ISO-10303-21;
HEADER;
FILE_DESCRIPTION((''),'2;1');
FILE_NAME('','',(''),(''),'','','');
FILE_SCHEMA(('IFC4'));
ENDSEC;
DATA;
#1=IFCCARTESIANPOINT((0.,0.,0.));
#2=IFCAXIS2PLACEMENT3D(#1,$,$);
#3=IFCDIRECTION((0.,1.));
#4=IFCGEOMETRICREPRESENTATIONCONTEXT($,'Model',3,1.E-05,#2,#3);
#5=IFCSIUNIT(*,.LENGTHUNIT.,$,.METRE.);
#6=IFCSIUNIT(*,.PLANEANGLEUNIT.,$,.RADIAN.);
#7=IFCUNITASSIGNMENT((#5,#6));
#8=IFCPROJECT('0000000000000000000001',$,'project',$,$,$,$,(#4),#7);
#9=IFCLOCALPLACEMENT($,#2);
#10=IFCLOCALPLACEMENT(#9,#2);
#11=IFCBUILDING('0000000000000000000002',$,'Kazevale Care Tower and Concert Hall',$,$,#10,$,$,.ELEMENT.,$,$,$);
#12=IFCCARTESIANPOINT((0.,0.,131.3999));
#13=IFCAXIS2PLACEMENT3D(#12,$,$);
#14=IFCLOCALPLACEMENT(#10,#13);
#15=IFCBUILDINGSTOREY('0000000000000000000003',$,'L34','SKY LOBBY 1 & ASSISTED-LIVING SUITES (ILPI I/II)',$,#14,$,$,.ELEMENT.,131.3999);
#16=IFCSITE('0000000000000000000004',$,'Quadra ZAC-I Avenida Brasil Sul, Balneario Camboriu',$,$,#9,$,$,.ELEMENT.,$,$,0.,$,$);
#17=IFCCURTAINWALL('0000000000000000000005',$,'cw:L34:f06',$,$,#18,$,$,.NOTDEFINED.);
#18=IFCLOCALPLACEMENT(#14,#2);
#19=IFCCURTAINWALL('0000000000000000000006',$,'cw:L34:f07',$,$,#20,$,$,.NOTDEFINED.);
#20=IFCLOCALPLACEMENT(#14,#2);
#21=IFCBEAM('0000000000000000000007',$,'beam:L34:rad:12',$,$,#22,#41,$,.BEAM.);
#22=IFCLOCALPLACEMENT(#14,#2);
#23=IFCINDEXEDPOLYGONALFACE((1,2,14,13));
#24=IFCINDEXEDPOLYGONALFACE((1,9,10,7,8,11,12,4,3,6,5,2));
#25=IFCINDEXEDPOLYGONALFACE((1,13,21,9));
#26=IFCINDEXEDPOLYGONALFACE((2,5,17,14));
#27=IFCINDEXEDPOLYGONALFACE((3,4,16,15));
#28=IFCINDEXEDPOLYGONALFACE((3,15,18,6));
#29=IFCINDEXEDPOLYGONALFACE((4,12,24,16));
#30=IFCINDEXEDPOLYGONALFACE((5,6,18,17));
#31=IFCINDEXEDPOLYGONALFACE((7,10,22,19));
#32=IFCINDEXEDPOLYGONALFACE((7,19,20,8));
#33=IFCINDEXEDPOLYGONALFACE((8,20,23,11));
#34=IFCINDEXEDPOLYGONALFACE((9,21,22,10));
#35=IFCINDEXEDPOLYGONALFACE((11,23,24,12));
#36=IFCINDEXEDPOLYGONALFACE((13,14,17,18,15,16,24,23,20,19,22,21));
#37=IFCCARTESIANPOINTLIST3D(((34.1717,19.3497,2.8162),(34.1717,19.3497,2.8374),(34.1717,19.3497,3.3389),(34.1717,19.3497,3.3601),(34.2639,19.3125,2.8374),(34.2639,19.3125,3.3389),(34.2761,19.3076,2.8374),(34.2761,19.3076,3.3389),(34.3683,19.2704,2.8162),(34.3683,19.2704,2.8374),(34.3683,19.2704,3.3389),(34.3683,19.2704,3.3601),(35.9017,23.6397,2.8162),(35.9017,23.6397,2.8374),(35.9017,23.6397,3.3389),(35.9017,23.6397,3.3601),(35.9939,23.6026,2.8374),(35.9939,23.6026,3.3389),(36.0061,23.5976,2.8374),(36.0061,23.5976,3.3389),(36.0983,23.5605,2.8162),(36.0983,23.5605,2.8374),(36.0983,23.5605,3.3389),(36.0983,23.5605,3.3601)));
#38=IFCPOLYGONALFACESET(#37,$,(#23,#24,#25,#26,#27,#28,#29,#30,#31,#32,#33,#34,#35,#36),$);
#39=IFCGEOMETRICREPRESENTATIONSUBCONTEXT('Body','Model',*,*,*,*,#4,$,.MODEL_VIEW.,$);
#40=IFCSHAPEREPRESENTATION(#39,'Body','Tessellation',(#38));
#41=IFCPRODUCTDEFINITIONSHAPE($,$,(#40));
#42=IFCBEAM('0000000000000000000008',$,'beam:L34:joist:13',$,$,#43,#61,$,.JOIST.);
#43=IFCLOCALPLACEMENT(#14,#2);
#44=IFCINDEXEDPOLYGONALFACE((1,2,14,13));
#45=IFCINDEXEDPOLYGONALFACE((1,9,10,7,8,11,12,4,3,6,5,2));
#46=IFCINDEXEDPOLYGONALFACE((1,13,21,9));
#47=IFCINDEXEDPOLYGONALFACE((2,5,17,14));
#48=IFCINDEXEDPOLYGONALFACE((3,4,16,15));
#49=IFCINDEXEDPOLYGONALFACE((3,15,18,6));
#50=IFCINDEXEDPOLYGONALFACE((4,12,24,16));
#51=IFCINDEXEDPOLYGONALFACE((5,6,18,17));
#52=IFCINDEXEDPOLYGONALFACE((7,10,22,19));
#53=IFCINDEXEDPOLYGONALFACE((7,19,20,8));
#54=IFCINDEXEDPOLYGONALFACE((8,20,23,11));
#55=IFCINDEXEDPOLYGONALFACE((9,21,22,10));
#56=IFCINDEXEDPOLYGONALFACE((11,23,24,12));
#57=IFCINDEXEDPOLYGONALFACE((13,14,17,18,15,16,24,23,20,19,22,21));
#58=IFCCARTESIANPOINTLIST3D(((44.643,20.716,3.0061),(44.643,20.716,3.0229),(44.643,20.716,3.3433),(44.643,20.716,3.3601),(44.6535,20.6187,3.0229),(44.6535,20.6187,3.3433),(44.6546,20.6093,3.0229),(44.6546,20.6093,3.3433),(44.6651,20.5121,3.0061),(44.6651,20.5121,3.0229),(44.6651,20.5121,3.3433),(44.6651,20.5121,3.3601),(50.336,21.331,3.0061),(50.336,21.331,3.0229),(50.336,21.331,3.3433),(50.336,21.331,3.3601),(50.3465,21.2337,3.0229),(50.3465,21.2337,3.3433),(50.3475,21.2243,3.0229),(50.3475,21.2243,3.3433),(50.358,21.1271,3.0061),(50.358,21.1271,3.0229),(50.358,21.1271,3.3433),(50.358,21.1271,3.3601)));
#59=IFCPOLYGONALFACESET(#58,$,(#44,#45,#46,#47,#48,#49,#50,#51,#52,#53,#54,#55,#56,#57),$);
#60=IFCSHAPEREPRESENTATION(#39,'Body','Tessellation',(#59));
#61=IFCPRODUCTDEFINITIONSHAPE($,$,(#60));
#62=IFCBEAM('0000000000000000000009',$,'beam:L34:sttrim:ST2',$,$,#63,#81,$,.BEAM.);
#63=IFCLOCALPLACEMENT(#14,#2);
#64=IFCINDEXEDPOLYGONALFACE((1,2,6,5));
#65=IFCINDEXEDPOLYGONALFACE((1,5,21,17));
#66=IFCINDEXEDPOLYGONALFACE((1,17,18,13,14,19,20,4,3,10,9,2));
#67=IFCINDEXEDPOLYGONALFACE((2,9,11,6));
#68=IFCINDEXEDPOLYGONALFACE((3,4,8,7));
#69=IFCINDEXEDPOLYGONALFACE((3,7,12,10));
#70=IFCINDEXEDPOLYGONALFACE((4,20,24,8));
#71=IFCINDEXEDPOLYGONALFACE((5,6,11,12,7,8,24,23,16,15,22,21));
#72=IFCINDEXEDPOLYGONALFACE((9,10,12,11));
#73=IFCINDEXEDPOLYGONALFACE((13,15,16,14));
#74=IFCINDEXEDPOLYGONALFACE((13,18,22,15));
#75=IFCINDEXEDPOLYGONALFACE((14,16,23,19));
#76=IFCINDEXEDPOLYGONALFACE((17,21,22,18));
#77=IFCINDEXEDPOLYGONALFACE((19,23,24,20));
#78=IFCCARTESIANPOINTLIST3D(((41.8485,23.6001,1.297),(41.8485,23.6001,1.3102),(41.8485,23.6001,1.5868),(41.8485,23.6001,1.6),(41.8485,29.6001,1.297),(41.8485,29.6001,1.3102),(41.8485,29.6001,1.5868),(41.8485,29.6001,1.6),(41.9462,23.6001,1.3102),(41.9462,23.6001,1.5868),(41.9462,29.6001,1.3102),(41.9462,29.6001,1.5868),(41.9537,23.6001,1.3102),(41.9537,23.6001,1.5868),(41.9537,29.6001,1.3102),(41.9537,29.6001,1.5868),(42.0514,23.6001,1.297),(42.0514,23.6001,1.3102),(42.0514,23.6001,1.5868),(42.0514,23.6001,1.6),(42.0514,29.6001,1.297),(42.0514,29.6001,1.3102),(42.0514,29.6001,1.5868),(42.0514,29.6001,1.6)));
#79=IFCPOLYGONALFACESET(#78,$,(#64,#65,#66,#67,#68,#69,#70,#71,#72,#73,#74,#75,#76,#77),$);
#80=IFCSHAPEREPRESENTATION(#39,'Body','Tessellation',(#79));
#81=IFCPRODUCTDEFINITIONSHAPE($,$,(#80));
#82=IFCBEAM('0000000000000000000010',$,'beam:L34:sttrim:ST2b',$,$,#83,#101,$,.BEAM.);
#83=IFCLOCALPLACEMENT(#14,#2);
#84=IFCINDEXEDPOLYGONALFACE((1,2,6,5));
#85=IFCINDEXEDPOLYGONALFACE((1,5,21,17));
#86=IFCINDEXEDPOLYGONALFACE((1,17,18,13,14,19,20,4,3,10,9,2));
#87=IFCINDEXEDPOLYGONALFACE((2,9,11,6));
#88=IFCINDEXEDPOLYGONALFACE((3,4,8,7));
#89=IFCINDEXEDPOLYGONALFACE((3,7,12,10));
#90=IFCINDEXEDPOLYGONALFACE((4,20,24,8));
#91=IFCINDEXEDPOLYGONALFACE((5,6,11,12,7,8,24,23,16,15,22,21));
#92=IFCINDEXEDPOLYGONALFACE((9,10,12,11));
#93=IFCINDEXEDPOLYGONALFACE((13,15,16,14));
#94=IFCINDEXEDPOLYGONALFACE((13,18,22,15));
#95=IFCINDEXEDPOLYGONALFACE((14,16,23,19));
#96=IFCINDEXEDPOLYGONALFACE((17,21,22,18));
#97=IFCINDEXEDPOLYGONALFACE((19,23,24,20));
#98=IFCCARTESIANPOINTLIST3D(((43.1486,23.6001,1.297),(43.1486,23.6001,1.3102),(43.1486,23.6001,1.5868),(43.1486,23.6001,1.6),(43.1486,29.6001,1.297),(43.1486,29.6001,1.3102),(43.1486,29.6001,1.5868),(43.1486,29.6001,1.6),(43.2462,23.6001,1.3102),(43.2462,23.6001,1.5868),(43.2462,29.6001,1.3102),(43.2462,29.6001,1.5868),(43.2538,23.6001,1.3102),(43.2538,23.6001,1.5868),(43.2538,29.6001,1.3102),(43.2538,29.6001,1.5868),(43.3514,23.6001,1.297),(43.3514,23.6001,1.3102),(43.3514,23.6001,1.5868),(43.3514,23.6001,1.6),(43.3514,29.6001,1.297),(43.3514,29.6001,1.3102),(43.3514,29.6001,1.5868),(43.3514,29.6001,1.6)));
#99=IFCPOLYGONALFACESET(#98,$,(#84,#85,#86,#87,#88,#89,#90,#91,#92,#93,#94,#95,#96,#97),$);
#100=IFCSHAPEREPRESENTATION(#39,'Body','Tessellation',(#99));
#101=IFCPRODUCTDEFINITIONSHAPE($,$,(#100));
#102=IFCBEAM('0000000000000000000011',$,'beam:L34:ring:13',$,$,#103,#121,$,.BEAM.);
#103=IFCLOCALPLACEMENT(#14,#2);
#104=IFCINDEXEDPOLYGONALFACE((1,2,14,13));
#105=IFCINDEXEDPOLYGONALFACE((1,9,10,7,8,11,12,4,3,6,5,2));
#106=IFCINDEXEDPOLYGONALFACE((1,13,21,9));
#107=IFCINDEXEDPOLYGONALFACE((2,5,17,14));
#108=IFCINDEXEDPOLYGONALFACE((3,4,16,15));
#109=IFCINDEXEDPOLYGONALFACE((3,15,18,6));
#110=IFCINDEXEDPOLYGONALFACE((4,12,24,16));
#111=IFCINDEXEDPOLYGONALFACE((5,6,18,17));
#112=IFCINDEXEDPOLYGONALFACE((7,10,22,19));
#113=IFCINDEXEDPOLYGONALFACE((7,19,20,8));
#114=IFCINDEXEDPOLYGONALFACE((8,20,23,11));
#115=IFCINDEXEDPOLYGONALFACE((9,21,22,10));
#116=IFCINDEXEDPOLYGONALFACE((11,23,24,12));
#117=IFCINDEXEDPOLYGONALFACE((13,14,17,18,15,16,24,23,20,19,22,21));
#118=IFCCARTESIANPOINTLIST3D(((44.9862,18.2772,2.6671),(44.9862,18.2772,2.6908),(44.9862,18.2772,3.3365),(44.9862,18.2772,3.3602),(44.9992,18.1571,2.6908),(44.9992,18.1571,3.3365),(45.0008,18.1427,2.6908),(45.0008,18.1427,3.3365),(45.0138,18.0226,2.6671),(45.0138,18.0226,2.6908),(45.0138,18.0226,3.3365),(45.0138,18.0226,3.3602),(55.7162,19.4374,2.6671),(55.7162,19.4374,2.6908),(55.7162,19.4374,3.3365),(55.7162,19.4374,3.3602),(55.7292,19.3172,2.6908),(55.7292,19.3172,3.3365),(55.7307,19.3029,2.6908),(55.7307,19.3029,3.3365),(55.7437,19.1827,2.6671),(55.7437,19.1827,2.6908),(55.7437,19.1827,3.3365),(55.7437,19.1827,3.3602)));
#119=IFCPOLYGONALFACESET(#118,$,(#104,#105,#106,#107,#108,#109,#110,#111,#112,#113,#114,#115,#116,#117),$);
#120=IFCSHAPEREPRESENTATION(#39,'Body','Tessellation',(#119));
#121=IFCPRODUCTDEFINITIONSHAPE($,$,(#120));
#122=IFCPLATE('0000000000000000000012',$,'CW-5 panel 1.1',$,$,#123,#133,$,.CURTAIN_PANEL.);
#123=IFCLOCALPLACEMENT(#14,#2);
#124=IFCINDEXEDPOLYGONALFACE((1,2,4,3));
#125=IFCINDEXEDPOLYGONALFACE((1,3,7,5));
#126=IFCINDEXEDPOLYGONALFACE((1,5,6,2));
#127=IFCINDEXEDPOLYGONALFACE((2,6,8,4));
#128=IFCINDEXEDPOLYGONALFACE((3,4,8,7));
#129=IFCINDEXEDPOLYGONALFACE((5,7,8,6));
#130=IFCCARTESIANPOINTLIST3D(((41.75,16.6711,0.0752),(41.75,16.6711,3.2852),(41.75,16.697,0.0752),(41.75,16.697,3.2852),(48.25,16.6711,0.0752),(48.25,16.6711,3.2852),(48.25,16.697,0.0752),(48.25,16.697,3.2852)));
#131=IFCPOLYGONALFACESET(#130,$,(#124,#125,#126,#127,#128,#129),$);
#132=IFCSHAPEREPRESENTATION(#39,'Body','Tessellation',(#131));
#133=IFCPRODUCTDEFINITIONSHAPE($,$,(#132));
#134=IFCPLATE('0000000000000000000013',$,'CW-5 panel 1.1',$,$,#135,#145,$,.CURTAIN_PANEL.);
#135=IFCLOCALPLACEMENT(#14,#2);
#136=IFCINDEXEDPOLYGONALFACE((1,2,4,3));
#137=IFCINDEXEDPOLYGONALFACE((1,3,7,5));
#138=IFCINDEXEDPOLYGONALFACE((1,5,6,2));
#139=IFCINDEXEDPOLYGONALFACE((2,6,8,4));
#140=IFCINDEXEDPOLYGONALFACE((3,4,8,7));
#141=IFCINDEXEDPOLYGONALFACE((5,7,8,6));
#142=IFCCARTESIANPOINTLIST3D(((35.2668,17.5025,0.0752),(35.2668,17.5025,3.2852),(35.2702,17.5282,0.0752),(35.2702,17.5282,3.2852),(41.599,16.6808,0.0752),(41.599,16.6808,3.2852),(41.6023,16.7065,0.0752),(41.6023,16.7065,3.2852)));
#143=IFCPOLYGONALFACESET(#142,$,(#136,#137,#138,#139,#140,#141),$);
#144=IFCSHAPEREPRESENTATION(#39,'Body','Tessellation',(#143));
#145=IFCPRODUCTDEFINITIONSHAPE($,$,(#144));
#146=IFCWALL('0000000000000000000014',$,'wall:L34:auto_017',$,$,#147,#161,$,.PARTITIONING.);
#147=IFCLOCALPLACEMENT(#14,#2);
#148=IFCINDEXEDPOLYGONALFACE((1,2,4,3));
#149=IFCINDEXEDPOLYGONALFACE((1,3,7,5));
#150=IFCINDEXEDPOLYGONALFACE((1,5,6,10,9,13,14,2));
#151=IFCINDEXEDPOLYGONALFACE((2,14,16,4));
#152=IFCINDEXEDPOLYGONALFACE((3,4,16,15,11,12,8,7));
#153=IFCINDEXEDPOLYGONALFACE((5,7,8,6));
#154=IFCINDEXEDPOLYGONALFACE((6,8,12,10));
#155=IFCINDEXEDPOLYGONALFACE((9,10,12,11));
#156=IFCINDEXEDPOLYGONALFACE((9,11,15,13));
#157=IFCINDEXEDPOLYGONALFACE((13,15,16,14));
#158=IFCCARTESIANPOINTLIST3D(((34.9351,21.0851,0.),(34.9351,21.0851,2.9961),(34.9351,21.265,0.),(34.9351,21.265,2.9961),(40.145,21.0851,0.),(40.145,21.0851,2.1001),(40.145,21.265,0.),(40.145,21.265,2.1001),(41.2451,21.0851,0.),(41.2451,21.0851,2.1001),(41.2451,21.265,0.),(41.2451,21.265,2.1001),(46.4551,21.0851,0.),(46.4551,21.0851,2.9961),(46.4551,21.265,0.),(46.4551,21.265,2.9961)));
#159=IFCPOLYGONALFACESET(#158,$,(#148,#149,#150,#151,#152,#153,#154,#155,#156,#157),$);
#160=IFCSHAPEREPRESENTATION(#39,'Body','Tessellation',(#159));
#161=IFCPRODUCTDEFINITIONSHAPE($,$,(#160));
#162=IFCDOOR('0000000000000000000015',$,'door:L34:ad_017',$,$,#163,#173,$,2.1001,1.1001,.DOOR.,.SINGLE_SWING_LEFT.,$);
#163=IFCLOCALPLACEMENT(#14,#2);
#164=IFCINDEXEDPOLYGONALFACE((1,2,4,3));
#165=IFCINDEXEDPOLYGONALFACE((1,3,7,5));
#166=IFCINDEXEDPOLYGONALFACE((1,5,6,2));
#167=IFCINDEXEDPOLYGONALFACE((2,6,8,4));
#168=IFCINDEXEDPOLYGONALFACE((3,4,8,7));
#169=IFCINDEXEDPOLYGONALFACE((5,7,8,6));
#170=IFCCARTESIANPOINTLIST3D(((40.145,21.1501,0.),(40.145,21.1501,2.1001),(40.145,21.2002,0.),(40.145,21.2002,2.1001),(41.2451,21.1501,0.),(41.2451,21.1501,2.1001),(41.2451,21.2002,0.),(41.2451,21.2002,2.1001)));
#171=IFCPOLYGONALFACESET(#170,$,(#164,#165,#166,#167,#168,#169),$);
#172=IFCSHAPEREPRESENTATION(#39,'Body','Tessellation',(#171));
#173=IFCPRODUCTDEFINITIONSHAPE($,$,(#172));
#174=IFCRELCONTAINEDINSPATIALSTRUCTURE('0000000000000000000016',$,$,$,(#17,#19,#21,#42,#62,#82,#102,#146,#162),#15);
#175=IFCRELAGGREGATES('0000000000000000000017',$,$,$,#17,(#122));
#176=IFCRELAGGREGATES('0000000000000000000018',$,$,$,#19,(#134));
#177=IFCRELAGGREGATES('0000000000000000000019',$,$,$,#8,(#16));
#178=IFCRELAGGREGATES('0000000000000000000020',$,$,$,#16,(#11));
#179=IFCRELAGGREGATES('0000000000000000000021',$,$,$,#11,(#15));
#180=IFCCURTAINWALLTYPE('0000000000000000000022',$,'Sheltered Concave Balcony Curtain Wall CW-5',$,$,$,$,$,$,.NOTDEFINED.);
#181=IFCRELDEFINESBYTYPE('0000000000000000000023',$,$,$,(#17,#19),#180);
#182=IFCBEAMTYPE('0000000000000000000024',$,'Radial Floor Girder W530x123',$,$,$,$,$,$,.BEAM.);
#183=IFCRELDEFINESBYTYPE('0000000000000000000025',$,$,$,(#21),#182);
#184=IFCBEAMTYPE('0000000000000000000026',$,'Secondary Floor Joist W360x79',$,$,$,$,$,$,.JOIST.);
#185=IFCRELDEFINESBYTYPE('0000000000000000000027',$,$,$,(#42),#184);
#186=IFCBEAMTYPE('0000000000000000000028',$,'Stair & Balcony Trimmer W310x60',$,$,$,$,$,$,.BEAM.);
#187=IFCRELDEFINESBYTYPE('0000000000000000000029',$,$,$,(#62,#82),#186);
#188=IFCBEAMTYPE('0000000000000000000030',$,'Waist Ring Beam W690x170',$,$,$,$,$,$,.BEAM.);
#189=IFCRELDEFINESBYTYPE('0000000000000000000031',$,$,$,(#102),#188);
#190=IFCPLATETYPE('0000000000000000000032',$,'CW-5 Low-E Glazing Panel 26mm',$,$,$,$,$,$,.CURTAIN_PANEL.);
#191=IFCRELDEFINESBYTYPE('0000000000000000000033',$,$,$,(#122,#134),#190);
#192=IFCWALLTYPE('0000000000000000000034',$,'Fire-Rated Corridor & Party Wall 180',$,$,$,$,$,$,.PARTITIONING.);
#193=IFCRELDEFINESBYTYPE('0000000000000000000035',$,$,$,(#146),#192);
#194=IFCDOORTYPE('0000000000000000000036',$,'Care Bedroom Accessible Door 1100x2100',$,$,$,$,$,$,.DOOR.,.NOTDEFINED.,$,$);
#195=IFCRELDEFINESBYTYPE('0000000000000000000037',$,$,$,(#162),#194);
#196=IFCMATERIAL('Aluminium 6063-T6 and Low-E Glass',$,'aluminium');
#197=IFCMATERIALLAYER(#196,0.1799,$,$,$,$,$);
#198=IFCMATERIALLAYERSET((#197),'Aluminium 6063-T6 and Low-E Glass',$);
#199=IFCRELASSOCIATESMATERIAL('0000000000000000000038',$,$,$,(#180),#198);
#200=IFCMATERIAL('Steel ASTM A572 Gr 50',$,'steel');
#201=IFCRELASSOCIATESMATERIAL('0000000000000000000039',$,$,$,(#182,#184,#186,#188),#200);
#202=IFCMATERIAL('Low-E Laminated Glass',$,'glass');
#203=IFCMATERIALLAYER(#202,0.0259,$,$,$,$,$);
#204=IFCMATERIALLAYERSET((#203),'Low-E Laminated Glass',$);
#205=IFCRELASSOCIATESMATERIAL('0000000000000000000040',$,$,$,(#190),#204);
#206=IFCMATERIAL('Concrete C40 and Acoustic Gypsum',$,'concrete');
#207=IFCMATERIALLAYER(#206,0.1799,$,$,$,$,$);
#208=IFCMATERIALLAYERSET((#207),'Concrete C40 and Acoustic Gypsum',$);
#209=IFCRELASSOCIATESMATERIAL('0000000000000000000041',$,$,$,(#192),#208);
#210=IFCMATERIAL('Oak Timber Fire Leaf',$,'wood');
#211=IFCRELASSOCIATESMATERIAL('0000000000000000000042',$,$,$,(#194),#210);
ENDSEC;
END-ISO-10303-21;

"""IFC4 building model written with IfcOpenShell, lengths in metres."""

from ifc_helpers import new_model, si_unit, direction, frame, frame_2d, origin, origin_2d, place, context, subcontext, project, spatial, rectangle, i_section, extrude, material, layer, layer_set, material_profile, profile_set, type_object, element, fill, aggregate, save


model = new_model("IFC4")

# Units and contexts
model_context = context("Model", 3, precision=1e-05, world=origin(), true_north=direction((0.0, 1.0)))
body_context = subcontext(model_context, "Body", "Model", "MODEL_VIEW")
ifc_project = project(units=[si_unit("LENGTHUNIT", "METRE"), si_unit("PLANEANGLEUNIT", "RADIAN")], contexts=[model_context])

# Site, building, storey
site_placement = place(None, origin())
site = spatial("IfcSite", under=ifc_project, at=site_placement, Name="Quadra ZAC-I Avenida Brasil Sul, Balneario Camboriu", CompositionType="ELEMENT", RefElevation=0.0)
building_placement = place(site_placement, origin())
building = spatial("IfcBuilding", under=site, at=building_placement, Name="Kazevale Care Tower and Concert Hall", CompositionType="ELEMENT")
storey_placement = place(building_placement, frame((0.0, 0.0, 131.3999)))
storey = spatial("IfcBuildingStorey", under=building, at=storey_placement, Name="L34", Description="SKY LOBBY 1 & ASSISTED-LIVING SUITES (ILPI I/II)", CompositionType="ELEMENT", Elevation=131.3999)

# Curtain wall
ifc_material_1 = material(Name="Aluminium 6063-T6 and Low-E Glass", Category="aluminium")
ifc_layer_1 = layer(ifc_material_1, 0.1799)
ifc_layer_set_1 = layer_set([ifc_layer_1], Name="Aluminium 6063-T6 and Low-E Glass")
curtain_wall_type = type_object("IfcCurtainWallType", Name="Sheltered Concave Balcony Curtain Wall CW-5", PredefinedType="NOTDEFINED", material=ifc_layer_set_1)
curtain_wall_1_placement = place(storey_placement, origin())
curtain_wall_1 = element("IfcCurtainWall", 1, at=curtain_wall_1_placement, inside=storey, type_object=curtain_wall_type, Name="cw:L34:f06", PredefinedType="NOTDEFINED")

# Curtain wall
curtain_wall_2_placement = place(storey_placement, origin())
curtain_wall_2 = element("IfcCurtainWall", 2, at=curtain_wall_2_placement, inside=storey, type_object=curtain_wall_type, Name="cw:L34:f07", PredefinedType="NOTDEFINED")

# Beams
ifc_material_2 = material(Name="Steel ASTM A572 Gr 50", Category="steel")
ifc_material_profile_1 = material_profile(ifc_material_2, i_section(OverallWidth=0.2119, OverallDepth=0.5439, WebThickness=0.0132, FlangeThickness=0.0212, at=origin_2d()), Name="W530x123")
ifc_profile_set_1 = profile_set([ifc_material_profile_1], Name="Steel ASTM A572 Gr 50")
beam_type_1 = type_object("IfcBeamType", Name="Radial Floor Girder W530x123", PredefinedType="BEAM", material=ifc_profile_set_1)
beam_1_placement = place(storey_placement, frame((36.0, 23.6001, 3.0881), z_axis=(-0.373992, -0.927432, 0.0), x_axis=(0.927432, -0.373992, 0.0)))
element("IfcBeam", 3, at=beam_1_placement, inside=storey, type_object=beam_type_1, Name="beam:L34:rad:12", PredefinedType="BEAM", context=body_context, shape_type="SweptSolid", body=[
    extrude(i_section(OverallWidth=0.2119, OverallDepth=0.5439, WebThickness=0.0132, FlangeThickness=0.0212, at=origin_2d()), origin(), (0.0, 0.0, 1.0), 4.6257),
])
ifc_material_profile_2 = material_profile(ifc_material_2, i_section(OverallWidth=0.2051, OverallDepth=0.354, WebThickness=0.0095, FlangeThickness=0.0168, at=origin_2d()), Name="W360x79")
ifc_profile_set_2 = profile_set([ifc_material_profile_2], Name="Steel ASTM A572 Gr 50")
beam_type_2 = type_object("IfcBeamType", Name="Secondary Floor Joist W360x79", PredefinedType="JOIST", material=ifc_profile_set_2)
beam_2_placement = place(storey_placement, frame((44.6541, 20.614, 3.1831), z_axis=(0.994216, 0.107403, 0.0), x_axis=(-0.107403, 0.994216, 0.0)))
element("IfcBeam", 4, at=beam_2_placement, inside=storey, type_object=beam_type_2, Name="beam:L34:joist:13", PredefinedType="JOIST", context=body_context, shape_type="SweptSolid", body=[
    extrude(i_section(OverallWidth=0.2051, OverallDepth=0.354, WebThickness=0.0095, FlangeThickness=0.0168, at=origin_2d()), origin(), (0.0, 0.0, 1.0), 5.7261),
])
ifc_material_profile_3 = material_profile(ifc_material_2, i_section(OverallWidth=0.2029, OverallDepth=0.303, WebThickness=0.0076, FlangeThickness=0.0132, at=origin_2d()), Name="W310x60")
ifc_profile_set_3 = profile_set([ifc_material_profile_3], Name="Steel ASTM A572 Gr 50")
beam_type_3 = type_object("IfcBeamType", Name="Stair & Balcony Trimmer W310x60", PredefinedType="BEAM", material=ifc_profile_set_3)
for number, where, z_axis, x_axis, name in (
    (5, (41.95, 23.6001, 1.4485), (0.0, 1.0, 0.0), (-1.0, 0.0, 0.0), "beam:L34:sttrim:ST2"),
    (6, (43.25, 23.6001, 1.4485), (0.0, 1.0, 0.0), (-1.0, 0.0, 0.0), "beam:L34:sttrim:ST2b"),
):
    element("IfcBeam", number, at=place(storey_placement, frame(where, z_axis=z_axis, x_axis=x_axis)), inside=storey, type_object=beam_type_3, Name=name, PredefinedType="BEAM", context=body_context, shape_type="SweptSolid", body=[
        extrude(i_section(OverallWidth=0.2029, OverallDepth=0.303, WebThickness=0.0076, FlangeThickness=0.0132, at=origin_2d()), origin(), (0.0, 0.0, 1.0), 6.0),
    ])
ifc_material_profile_4 = material_profile(ifc_material_2, i_section(OverallWidth=0.2561, OverallDepth=0.6931, WebThickness=0.0144, FlangeThickness=0.0237, at=origin_2d()), Name="W690x170")
ifc_profile_set_4 = profile_set([ifc_material_profile_4], Name="Steel ASTM A572 Gr 50")
beam_type_4 = type_object("IfcBeamType", Name="Waist Ring Beam W690x170", PredefinedType="BEAM", material=ifc_profile_set_4)
beam_3_placement = place(storey_placement, frame((45.0, 18.1499, 3.0137), z_axis=(0.994205, 0.107496, 0.0), x_axis=(-0.107496, 0.994205, 0.0)))
element("IfcBeam", 7, at=beam_3_placement, inside=storey, type_object=beam_type_4, Name="beam:L34:ring:13", PredefinedType="BEAM", context=body_context, shape_type="SweptSolid", body=[
    extrude(i_section(OverallWidth=0.2561, OverallDepth=0.6931, WebThickness=0.0144, FlangeThickness=0.0237, at=origin_2d()), origin(), (0.0, 0.0, 1.0), 10.7925),
])

# Plates
ifc_material_3 = material(Name="Low-E Laminated Glass", Category="glass")
ifc_layer_2 = layer(ifc_material_3, 0.0259)
ifc_layer_set_2 = layer_set([ifc_layer_2], Name="Low-E Laminated Glass")
plate_type = type_object("IfcPlateType", Name="CW-5 Low-E Glazing Panel 26mm", PredefinedType="CURTAIN_PANEL", material=ifc_layer_set_2)
plate_1_placement = place(storey_placement, frame((45.0, 16.6841, 0.0752), z_axis=(0.0, 0.0, 1.0), x_axis=(-1.0, 0.0, 0.0)))
plate_1 = element("IfcPlate", 8, at=plate_1_placement, type_object=plate_type, Name="CW-5 panel 1.1", PredefinedType="CURTAIN_PANEL", context=body_context, shape_type="SweptSolid", body=[
    extrude(rectangle(XDim=6.5, YDim=0.0259, at=origin_2d()), origin(), (0.0, 0.0, 1.0), 3.21),
])
aggregate(curtain_wall_1, [plate_1])
plate_2_placement = place(storey_placement, frame((38.4346, 17.1045, 0.0752), z_axis=(0.0, 0.0, 1.0), x_axis=(-0.991686, 0.128685, 0.0)))
plate_2 = element("IfcPlate", 9, at=plate_2_placement, type_object=plate_type, Name="CW-5 panel 1.1", PredefinedType="CURTAIN_PANEL", context=body_context, shape_type="SweptSolid", body=[
    extrude(rectangle(XDim=6.3853, YDim=0.0259, at=origin_2d()), origin(), (0.0, 0.0, 1.0), 3.21),
])
aggregate(curtain_wall_2, [plate_2])

# Wall, opening, door
ifc_material_4 = material(Name="Concrete C40 and Acoustic Gypsum", Category="concrete")
ifc_layer_3 = layer(ifc_material_4, 0.1799)
ifc_layer_set_3 = layer_set([ifc_layer_3], Name="Concrete C40 and Acoustic Gypsum")
wall_type = type_object("IfcWallType", Name="Fire-Rated Corridor & Party Wall 180", PredefinedType="PARTITIONING", material=ifc_layer_set_3)
wall_placement = place(storey_placement, frame((46.4551, 21.175, 0.0), z_axis=(0.0, 0.0, 1.0), x_axis=(-1.0, 0.0, 0.0)))
wall = element("IfcWall", 10, at=wall_placement, inside=storey, type_object=wall_type, Name="wall:L34:auto_017", PredefinedType="PARTITIONING", context=body_context, shape_type="SweptSolid", body=[
    extrude(rectangle(XDim=11.52, YDim=0.1799, at=frame_2d((5.76, 0.0))), origin(), (0.0, 0.0, 1.0), 2.9961),
])
opening_placement = place(wall_placement, frame((5.21, 0.0, 0.0)))
opening = element("IfcOpeningElement", 11, at=opening_placement, cuts=wall, PredefinedType="OPENING", context=body_context, shape_type="SweptSolid", body=[
    extrude(rectangle(XDim=1.1001, YDim=2.1001, at=frame_2d((0.55, 1.05))), frame((0.0, 0.0999, 0.0), z_axis=(0.0, -1.0, 0.0), x_axis=(1.0, 0.0, 0.0)), (0.0, 0.0, 1.0), 0.2),
])
ifc_material_5 = material(Name="Oak Timber Fire Leaf", Category="wood")
door_type = type_object("IfcDoorType", Name="Care Bedroom Accessible Door 1100x2100", OperationType="NOTDEFINED", PredefinedType="DOOR", material=ifc_material_5)
door_placement = place(opening_placement, origin())
door = element("IfcDoor", 12, at=door_placement, inside=storey, type_object=door_type, Name="door:L34:ad_017", OperationType="SINGLE_SWING_LEFT", OverallHeight=2.1001, OverallWidth=1.1001, PredefinedType="DOOR", context=body_context, shape_type="SweptSolid", body=[
    extrude(rectangle(XDim=1.1001, YDim=2.1001, at=frame_2d((0.55, 1.05))), frame((0.0, 0.0249, 0.0), z_axis=(0.0, -1.0, 0.0), x_axis=(1.0, 0.0, 0.0)), (0.0, 0.0, 1.0), 0.05),
])
fill(opening, door)

save(model, "model.ifc")
